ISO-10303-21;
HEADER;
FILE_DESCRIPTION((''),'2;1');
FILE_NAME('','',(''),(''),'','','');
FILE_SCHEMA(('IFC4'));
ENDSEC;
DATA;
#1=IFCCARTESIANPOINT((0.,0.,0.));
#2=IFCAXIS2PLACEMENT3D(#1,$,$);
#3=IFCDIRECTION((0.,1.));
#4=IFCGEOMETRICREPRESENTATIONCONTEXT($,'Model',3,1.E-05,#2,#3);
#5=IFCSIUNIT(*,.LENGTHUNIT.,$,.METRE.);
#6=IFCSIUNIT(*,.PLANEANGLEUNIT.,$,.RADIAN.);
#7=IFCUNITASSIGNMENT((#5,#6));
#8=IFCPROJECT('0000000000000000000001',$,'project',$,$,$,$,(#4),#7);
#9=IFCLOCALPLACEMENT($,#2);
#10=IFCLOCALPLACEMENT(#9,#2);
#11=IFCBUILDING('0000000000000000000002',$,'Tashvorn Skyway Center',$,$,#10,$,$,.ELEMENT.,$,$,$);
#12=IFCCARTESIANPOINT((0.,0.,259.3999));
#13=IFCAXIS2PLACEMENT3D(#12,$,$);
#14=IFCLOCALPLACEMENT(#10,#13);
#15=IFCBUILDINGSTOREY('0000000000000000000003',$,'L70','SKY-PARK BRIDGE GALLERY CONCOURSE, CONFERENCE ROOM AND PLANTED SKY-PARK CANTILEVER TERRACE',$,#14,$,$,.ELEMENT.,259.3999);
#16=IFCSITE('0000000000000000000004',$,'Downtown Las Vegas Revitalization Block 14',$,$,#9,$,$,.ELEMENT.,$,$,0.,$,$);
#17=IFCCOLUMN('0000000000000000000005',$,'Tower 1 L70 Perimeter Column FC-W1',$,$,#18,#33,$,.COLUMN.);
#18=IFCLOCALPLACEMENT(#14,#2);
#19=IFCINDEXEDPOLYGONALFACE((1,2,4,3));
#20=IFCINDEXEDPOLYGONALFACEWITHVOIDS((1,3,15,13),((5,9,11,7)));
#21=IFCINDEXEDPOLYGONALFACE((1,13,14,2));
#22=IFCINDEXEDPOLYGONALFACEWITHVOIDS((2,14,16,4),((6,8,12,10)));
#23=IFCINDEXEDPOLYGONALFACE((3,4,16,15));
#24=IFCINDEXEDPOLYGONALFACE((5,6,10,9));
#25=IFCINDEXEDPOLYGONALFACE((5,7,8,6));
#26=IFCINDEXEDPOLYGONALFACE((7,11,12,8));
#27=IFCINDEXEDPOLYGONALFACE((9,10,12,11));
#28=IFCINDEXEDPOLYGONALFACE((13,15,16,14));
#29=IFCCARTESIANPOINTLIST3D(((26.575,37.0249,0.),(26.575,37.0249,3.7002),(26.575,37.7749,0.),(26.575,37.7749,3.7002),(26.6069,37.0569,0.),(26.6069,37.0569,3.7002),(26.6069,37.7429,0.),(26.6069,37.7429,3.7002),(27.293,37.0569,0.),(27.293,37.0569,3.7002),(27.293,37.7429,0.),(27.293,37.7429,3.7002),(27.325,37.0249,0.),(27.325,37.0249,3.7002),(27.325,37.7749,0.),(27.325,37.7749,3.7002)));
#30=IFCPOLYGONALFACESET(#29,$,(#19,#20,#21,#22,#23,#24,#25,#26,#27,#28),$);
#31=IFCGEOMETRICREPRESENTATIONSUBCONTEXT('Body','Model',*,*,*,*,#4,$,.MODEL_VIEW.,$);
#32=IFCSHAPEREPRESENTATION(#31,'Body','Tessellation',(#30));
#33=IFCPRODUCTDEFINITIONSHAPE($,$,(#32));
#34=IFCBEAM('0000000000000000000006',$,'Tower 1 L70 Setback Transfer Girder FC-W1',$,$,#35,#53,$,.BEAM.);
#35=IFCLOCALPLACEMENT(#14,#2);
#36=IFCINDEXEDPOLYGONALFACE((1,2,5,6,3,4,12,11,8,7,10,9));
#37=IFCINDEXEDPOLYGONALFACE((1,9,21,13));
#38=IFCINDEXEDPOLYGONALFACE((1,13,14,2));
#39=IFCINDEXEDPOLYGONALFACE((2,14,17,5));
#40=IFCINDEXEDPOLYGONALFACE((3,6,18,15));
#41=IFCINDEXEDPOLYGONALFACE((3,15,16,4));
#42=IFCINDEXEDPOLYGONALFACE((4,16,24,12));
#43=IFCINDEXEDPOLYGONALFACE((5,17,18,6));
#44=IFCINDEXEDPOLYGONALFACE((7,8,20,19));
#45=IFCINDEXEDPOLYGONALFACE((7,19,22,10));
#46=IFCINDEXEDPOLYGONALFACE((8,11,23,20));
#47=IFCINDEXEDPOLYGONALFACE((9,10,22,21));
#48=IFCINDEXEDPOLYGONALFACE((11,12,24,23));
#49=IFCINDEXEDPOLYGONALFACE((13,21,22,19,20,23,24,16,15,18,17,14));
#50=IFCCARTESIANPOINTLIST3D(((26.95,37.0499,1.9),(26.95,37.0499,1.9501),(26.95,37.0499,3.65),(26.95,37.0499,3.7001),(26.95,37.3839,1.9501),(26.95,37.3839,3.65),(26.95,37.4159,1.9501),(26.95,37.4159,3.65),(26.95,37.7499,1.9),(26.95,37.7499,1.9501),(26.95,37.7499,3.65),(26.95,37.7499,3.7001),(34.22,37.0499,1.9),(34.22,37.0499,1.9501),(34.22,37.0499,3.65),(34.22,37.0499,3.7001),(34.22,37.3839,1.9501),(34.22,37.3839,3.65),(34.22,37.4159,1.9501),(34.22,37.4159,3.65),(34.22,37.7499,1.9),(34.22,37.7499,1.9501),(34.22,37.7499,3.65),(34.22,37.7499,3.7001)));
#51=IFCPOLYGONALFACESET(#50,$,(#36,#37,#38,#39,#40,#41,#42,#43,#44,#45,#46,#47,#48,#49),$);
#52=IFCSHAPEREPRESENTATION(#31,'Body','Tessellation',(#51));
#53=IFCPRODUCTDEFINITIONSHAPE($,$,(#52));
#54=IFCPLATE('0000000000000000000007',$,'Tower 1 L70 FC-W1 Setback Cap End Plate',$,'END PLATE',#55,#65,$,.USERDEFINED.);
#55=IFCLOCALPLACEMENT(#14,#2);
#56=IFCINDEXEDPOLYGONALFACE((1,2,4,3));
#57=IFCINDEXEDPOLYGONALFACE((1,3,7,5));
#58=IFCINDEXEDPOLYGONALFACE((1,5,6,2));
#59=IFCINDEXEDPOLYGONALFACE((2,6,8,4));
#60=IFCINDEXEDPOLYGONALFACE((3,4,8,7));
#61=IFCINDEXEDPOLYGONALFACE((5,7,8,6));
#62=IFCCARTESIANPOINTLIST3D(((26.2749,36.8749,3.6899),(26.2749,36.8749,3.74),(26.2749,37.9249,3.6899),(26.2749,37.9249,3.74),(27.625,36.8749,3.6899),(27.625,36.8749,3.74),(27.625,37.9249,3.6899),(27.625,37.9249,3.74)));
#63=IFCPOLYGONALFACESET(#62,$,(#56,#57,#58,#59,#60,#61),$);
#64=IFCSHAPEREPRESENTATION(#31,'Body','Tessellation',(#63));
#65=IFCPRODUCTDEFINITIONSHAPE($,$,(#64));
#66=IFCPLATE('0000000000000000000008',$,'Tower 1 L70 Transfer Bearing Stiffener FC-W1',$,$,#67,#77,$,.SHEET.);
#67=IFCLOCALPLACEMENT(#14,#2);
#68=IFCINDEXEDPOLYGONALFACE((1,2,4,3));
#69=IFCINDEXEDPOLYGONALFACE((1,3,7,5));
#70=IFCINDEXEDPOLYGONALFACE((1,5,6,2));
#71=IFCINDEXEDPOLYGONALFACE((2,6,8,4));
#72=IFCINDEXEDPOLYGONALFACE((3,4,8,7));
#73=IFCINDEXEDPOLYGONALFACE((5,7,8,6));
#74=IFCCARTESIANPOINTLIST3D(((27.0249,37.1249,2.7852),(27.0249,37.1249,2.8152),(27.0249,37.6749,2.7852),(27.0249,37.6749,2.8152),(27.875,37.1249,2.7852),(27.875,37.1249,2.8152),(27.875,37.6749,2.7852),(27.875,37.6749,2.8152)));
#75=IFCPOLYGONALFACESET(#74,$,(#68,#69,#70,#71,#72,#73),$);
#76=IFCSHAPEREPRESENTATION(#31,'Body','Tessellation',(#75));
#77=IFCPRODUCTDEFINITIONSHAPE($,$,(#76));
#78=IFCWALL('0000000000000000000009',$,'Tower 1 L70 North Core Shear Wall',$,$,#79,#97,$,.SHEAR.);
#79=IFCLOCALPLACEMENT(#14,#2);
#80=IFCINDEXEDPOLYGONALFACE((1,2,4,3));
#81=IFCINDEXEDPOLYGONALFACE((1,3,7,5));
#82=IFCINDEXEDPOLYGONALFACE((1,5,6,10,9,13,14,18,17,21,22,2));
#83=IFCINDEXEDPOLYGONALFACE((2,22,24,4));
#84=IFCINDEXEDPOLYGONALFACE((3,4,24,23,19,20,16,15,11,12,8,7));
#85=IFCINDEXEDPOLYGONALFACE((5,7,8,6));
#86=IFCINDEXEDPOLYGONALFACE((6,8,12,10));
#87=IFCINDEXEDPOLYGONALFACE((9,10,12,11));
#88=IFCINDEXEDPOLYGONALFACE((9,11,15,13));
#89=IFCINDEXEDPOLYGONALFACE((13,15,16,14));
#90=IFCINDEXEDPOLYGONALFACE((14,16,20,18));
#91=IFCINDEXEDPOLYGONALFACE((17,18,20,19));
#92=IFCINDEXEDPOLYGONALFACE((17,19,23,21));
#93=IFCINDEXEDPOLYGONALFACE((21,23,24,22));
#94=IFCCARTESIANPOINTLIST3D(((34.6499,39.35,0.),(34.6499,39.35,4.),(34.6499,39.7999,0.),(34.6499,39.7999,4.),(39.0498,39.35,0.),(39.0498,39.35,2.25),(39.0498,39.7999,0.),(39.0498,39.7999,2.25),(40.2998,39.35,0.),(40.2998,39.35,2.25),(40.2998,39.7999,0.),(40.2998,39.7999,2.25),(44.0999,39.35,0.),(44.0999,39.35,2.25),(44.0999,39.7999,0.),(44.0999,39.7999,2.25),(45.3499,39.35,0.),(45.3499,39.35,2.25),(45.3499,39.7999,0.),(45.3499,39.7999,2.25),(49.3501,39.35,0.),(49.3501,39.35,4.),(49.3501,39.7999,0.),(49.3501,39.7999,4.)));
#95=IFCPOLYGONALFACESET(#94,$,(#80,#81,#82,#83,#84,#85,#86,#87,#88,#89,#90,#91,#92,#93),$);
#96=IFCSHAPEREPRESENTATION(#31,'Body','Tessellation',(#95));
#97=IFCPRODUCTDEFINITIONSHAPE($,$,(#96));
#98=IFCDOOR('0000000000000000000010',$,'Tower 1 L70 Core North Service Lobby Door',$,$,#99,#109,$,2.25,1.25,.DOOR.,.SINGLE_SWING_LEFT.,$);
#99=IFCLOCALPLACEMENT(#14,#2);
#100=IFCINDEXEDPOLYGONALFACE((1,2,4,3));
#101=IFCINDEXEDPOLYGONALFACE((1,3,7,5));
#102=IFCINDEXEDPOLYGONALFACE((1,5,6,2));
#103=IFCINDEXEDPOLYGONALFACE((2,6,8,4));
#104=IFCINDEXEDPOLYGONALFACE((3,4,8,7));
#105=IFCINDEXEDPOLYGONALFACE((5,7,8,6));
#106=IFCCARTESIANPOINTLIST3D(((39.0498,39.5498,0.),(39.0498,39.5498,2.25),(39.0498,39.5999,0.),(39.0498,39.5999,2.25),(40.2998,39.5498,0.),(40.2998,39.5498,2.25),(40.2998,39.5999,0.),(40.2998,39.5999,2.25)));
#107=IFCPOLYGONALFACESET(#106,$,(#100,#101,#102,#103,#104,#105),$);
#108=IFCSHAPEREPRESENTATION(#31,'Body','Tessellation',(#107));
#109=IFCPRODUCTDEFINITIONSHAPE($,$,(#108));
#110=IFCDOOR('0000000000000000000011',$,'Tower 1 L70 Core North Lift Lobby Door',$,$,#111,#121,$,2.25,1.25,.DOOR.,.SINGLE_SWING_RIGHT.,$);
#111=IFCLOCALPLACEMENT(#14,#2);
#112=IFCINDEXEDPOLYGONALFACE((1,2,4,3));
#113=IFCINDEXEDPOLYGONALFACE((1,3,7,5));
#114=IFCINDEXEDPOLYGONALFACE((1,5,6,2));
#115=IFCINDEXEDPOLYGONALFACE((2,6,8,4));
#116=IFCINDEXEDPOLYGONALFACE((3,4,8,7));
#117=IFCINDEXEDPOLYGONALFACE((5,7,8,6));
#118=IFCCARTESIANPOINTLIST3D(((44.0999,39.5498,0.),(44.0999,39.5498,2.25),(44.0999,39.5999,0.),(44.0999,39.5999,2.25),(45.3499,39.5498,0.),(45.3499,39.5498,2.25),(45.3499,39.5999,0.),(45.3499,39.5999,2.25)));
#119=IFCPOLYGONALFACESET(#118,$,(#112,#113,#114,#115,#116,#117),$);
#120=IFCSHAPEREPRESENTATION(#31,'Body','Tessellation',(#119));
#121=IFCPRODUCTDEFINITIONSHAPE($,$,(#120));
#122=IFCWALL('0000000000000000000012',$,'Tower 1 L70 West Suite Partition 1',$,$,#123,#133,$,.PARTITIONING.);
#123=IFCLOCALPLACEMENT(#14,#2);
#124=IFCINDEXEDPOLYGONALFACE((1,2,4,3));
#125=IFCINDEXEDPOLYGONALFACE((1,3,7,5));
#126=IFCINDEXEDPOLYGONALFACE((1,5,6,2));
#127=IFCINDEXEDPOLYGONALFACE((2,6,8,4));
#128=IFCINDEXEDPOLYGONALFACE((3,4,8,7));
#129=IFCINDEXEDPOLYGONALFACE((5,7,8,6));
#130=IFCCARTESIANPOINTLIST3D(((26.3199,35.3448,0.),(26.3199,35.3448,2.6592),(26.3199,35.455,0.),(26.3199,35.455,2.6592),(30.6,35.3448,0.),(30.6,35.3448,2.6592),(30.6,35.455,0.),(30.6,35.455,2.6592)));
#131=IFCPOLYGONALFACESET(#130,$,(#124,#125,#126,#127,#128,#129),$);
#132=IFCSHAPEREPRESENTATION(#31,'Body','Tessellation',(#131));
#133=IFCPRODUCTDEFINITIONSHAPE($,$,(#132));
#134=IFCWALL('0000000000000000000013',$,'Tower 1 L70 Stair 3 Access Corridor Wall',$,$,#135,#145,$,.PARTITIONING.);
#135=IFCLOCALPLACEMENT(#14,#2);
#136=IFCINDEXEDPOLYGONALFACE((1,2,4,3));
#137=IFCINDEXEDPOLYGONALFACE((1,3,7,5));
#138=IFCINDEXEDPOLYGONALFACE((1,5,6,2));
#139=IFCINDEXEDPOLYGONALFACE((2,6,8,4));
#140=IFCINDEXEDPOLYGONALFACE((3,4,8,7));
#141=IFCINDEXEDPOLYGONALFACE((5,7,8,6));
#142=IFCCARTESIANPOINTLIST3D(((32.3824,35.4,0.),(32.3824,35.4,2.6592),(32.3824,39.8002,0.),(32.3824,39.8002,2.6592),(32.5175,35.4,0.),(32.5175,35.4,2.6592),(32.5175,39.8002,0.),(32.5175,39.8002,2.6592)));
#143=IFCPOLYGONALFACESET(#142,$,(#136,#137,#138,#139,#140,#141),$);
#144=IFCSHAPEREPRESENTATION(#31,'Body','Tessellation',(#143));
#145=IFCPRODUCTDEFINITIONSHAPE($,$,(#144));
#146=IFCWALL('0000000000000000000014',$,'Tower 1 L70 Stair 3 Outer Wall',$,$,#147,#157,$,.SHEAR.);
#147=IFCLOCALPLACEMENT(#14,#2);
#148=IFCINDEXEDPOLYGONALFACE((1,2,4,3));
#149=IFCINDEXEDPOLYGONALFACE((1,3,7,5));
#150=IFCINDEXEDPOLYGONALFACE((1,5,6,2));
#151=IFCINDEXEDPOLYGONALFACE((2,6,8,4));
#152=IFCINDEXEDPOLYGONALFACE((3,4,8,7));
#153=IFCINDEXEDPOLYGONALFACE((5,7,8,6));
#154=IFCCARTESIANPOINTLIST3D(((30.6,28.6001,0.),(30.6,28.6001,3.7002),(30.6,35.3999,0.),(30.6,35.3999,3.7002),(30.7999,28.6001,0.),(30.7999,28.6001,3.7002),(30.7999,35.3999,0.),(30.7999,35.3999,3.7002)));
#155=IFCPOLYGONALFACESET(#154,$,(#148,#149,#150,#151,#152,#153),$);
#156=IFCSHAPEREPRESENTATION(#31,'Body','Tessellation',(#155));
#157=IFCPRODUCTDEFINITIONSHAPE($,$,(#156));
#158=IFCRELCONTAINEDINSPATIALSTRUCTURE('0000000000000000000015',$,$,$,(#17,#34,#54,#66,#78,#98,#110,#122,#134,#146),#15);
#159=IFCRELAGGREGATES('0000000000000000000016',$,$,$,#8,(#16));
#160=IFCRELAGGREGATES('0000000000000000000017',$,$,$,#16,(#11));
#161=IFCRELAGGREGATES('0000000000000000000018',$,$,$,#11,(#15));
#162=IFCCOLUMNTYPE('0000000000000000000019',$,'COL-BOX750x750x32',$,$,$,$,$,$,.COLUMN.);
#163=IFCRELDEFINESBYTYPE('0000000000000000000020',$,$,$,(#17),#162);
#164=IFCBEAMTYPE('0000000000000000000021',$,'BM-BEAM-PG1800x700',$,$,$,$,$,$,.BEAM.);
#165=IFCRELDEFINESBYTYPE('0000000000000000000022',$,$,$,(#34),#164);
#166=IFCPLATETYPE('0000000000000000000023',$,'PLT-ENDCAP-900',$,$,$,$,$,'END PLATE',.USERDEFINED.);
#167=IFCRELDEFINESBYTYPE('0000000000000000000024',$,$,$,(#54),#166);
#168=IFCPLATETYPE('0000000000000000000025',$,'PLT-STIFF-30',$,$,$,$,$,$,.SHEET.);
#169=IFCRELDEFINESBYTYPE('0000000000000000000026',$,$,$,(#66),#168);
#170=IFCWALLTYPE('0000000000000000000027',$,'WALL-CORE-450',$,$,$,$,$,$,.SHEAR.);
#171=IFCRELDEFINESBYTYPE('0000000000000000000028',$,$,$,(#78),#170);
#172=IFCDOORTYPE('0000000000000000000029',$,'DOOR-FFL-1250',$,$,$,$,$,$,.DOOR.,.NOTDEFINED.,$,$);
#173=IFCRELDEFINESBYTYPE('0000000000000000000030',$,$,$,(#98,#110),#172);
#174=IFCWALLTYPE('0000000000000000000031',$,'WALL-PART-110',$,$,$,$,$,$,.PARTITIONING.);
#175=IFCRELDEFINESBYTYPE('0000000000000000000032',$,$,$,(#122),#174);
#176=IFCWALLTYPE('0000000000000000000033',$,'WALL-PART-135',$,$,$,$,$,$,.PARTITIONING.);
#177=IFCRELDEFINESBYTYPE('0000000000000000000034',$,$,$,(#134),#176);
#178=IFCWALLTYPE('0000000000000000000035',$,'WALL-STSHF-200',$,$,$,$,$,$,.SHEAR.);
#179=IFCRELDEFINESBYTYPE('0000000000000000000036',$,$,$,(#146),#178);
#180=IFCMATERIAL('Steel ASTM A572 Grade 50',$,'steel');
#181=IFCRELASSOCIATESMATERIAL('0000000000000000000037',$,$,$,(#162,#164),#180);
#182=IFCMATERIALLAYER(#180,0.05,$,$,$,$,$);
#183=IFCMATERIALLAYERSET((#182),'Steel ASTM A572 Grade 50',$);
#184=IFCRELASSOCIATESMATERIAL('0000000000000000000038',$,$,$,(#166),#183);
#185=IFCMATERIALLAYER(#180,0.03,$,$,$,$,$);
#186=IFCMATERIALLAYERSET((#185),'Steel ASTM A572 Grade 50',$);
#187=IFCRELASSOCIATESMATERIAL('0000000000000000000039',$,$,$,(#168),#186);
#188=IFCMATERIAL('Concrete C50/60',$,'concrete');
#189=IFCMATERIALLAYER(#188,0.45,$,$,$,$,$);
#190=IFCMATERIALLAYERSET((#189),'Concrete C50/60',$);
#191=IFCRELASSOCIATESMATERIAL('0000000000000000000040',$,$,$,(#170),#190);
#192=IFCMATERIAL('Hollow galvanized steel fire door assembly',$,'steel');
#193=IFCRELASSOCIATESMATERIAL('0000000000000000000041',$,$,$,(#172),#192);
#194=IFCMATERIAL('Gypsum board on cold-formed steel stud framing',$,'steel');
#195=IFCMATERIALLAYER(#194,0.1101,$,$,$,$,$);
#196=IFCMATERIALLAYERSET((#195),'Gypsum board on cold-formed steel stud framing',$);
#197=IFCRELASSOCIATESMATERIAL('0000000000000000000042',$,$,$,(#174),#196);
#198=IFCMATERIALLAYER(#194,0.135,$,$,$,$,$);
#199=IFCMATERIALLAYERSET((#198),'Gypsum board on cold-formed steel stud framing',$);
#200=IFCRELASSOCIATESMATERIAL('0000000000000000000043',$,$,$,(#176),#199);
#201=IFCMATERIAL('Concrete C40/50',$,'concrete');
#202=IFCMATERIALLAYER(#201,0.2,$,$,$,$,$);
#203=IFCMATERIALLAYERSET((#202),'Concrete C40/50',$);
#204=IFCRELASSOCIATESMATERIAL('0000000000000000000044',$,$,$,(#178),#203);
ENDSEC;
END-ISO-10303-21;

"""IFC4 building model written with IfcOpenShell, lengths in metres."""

from ifc_helpers import new_model, si_unit, direction, frame, frame_2d, origin, origin_2d, place, context, subcontext, project, spatial, rectangle, hollow_rectangle, i_section, extrude, material, layer, layer_set, material_profile, profile_set, type_object, element, fill, save


model = new_model("IFC4")

# Units and contexts
model_context = context("Model", 3, precision=1e-05, world=origin(), true_north=direction((0.0, 1.0)))
body_context = subcontext(model_context, "Body", "Model", "MODEL_VIEW")
ifc_project = project(units=[si_unit("LENGTHUNIT", "METRE"), si_unit("PLANEANGLEUNIT", "RADIAN")], contexts=[model_context])

# Site, building, storey
site_placement = place(None, origin())
site = spatial("IfcSite", under=ifc_project, at=site_placement, Name="Downtown Las Vegas Revitalization Block 14", CompositionType="ELEMENT", RefElevation=0.0)
building_placement = place(site_placement, origin())
building = spatial("IfcBuilding", under=site, at=building_placement, Name="Tashvorn Skyway Center", CompositionType="ELEMENT")
storey_placement = place(building_placement, frame((0.0, 0.0, 259.3999)))
storey = spatial("IfcBuildingStorey", under=building, at=storey_placement, Name="L70", Description="SKY-PARK BRIDGE GALLERY CONCOURSE, CONFERENCE ROOM AND PLANTED SKY-PARK CANTILEVER TERRACE", CompositionType="ELEMENT", Elevation=259.3999)

# Column
ifc_material_1 = material(Name="Steel ASTM A572 Grade 50", Category="steel")
ifc_material_profile_1 = material_profile(ifc_material_1, hollow_rectangle(XDim=0.75, YDim=0.75, WallThickness=0.032, at=origin_2d()), Name="BOX750x750x32")
ifc_profile_set_1 = profile_set([ifc_material_profile_1], Name="Steel ASTM A572 Grade 50")
column_type = type_object("IfcColumnType", Name="COL-BOX750x750x32", PredefinedType="COLUMN", material=ifc_profile_set_1)
column_placement = place(storey_placement, frame((26.95, 37.3999, 0.0), z_axis=(0.0, 0.0, 1.0), x_axis=(1.0, 0.0, 0.0)))
element("IfcColumn", 1, at=column_placement, inside=storey, type_object=column_type, Name="Tower 1 L70 Perimeter Column FC-W1", PredefinedType="COLUMN", context=body_context, shape_type="SweptSolid", body=[
    extrude(hollow_rectangle(XDim=0.75, YDim=0.75, WallThickness=0.032, at=origin_2d()), origin(), (0.0, 0.0, 1.0), 3.7002),
])

# Beam
ifc_material_profile_2 = material_profile(ifc_material_1, i_section(OverallWidth=0.7, OverallDepth=1.8, WebThickness=0.032, FlangeThickness=0.05, at=origin_2d()), Name="PG1800x700")
ifc_profile_set_2 = profile_set([ifc_material_profile_2], Name="Steel ASTM A572 Grade 50")
beam_type = type_object("IfcBeamType", Name="BM-BEAM-PG1800x700", PredefinedType="BEAM", material=ifc_profile_set_2)
beam_placement = place(storey_placement, frame((26.95, 37.3999, 2.8), z_axis=(1.0, 0.0, 0.0), x_axis=(0.0, 1.0, 0.0)))
element("IfcBeam", 2, at=beam_placement, inside=storey, type_object=beam_type, Name="Tower 1 L70 Setback Transfer Girder FC-W1", PredefinedType="BEAM", context=body_context, shape_type="SweptSolid", body=[
    extrude(i_section(OverallWidth=0.7, OverallDepth=1.8, WebThickness=0.032, FlangeThickness=0.05, at=origin_2d()), origin(), (0.0, 0.0, 1.0), 7.27),
])

# Plates
ifc_layer_1 = layer(ifc_material_1, 0.05)
ifc_layer_set_1 = layer_set([ifc_layer_1], Name="Steel ASTM A572 Grade 50")
plate_type_1 = type_object("IfcPlateType", Name="PLT-ENDCAP-900", ElementType="END PLATE", PredefinedType="USERDEFINED", material=ifc_layer_set_1)
plate_1_placement = place(storey_placement, frame((26.95, 37.3999, 3.6899), z_axis=(0.0, 0.0, 1.0), x_axis=(1.0, 0.0, 0.0)))
element("IfcPlate", 3, at=plate_1_placement, inside=storey, type_object=plate_type_1, Name="Tower 1 L70 FC-W1 Setback Cap End Plate", ObjectType="END PLATE", PredefinedType="USERDEFINED", context=body_context, shape_type="SweptSolid", body=[
    extrude(rectangle(XDim=1.3501, YDim=1.05, at=origin_2d()), origin(), (0.0, 0.0, 1.0), 0.05),
])
ifc_layer_2 = layer(ifc_material_1, 0.03)
ifc_layer_set_2 = layer_set([ifc_layer_2], Name="Steel ASTM A572 Grade 50")
plate_type_2 = type_object("IfcPlateType", Name="PLT-STIFF-30", PredefinedType="SHEET", material=ifc_layer_set_2)
plate_2_placement = place(storey_placement, frame((27.45, 37.3999, 2.7852), z_axis=(0.0, 0.0, 1.0), x_axis=(1.0, 0.0, 0.0)))
element("IfcPlate", 4, at=plate_2_placement, inside=storey, type_object=plate_type_2, Name="Tower 1 L70 Transfer Bearing Stiffener FC-W1", PredefinedType="SHEET", context=body_context, shape_type="SweptSolid", body=[
    extrude(rectangle(XDim=0.8501, YDim=0.55, at=origin_2d()), origin(), (0.0, 0.0, 1.0), 0.03),
])

# Wall, openings, doors
ifc_material_2 = material(Name="Concrete C50/60", Category="concrete")
ifc_layer_3 = layer(ifc_material_2, 0.45)
ifc_layer_set_3 = layer_set([ifc_layer_3], Name="Concrete C50/60")
wall_type_1 = type_object("IfcWallType", Name="WALL-CORE-450", PredefinedType="SHEAR", material=ifc_layer_set_3)
wall_1_placement = place(storey_placement, frame((34.6499, 39.575, 0.0), z_axis=(0.0, 0.0, 1.0), x_axis=(1.0, 0.0, 0.0)))
wall_1 = element("IfcWall", 5, at=wall_1_placement, inside=storey, type_object=wall_type_1, Name="Tower 1 L70 North Core Shear Wall", PredefinedType="SHEAR", context=body_context, shape_type="SweptSolid", body=[
    extrude(rectangle(XDim=14.7002, YDim=0.45, at=frame_2d((7.3501, 0.0))), origin(), (0.0, 0.0, 1.0), 4.0),
])
opening_1_placement = place(wall_1_placement, frame((4.3999, 0.0, 0.0)))
opening_1 = element("IfcOpeningElement", 6, at=opening_1_placement, cuts=wall_1, PredefinedType="OPENING", context=body_context, shape_type="SweptSolid", body=[
    extrude(rectangle(XDim=1.25, YDim=2.25, at=frame_2d((0.625, 1.125))), frame((0.0, 0.2349, 0.0), z_axis=(0.0, -1.0, 0.0), x_axis=(1.0, 0.0, 0.0)), (0.0, 0.0, 1.0), 0.47),
])
opening_2_placement = place(wall_1_placement, frame((9.45, 0.0, 0.0)))
opening_2 = element("IfcOpeningElement", 7, at=opening_2_placement, cuts=wall_1, PredefinedType="OPENING", context=body_context, shape_type="SweptSolid", body=[
    extrude(rectangle(XDim=1.25, YDim=2.25, at=frame_2d((0.625, 1.125))), frame((0.0, 0.2349, 0.0), z_axis=(0.0, -1.0, 0.0), x_axis=(1.0, 0.0, 0.0)), (0.0, 0.0, 1.0), 0.47),
])
ifc_material_3 = material(Name="Hollow galvanized steel fire door assembly", Category="steel")
door_type_1 = type_object("IfcDoorType", Name="DOOR-FFL-1250", OperationType="NOTDEFINED", PredefinedType="DOOR", material=ifc_material_3)
door_1_placement = place(opening_1_placement, origin())
door_1 = element("IfcDoor", 8, at=door_1_placement, inside=storey, type_object=door_type_1, Name="Tower 1 L70 Core North Service Lobby Door", OperationType="SINGLE_SWING_LEFT", OverallHeight=2.25, OverallWidth=1.25, PredefinedType="DOOR", context=body_context, shape_type="SweptSolid", body=[
    extrude(rectangle(XDim=1.25, YDim=2.25, at=frame_2d((0.625, 1.125))), frame((0.0, 0.0249, 0.0), z_axis=(0.0, -1.0, 0.0), x_axis=(1.0, 0.0, 0.0)), (0.0, 0.0, 1.0), 0.05),
])
fill(opening_1, door_1)
door_2_placement = place(opening_2_placement, origin())
door_2 = element("IfcDoor", 9, at=door_2_placement, inside=storey, type_object=door_type_1, Name="Tower 1 L70 Core North Lift Lobby Door", OperationType="SINGLE_SWING_RIGHT", OverallHeight=2.25, OverallWidth=1.25, PredefinedType="DOOR", context=body_context, shape_type="SweptSolid", body=[
    extrude(rectangle(XDim=1.25, YDim=2.25, at=frame_2d((0.625, 1.125))), frame((0.0, 0.0249, 0.0), z_axis=(0.0, -1.0, 0.0), x_axis=(1.0, 0.0, 0.0)), (0.0, 0.0, 1.0), 0.05),
])
fill(opening_2, door_2)

# Walls
ifc_material_4 = material(Name="Gypsum board on cold-formed steel stud framing", Category="steel")
ifc_layer_4 = layer(ifc_material_4, 0.1101)
ifc_layer_set_4 = layer_set([ifc_layer_4], Name="Gypsum board on cold-formed steel stud framing")
wall_type_2 = type_object("IfcWallType", Name="WALL-PART-110", PredefinedType="PARTITIONING", material=ifc_layer_set_4)
wall_2_placement = place(storey_placement, frame((30.6001, 35.3999, 0.0), z_axis=(0.0, 0.0, 1.0), x_axis=(-1.0, 0.0, 0.0)))
element("IfcWall", 10, at=wall_2_placement, inside=storey, type_object=wall_type_2, Name="Tower 1 L70 West Suite Partition 1", PredefinedType="PARTITIONING", context=body_context, shape_type="SweptSolid", body=[
    extrude(rectangle(XDim=4.28, YDim=0.1101, at=frame_2d((2.1401, 0.0))), origin(), (0.0, 0.0, 1.0), 2.6592),
])
ifc_layer_5 = layer(ifc_material_4, 0.135)
ifc_layer_set_5 = layer_set([ifc_layer_5], Name="Gypsum board on cold-formed steel stud framing")
wall_type_3 = type_object("IfcWallType", Name="WALL-PART-135", PredefinedType="PARTITIONING", material=ifc_layer_set_5)
wall_3_placement = place(storey_placement, frame((32.45, 35.3999, 0.0), z_axis=(0.0, 0.0, 1.0), x_axis=(0.0, 1.0, 0.0)))
element("IfcWall", 11, at=wall_3_placement, inside=storey, type_object=wall_type_3, Name="Tower 1 L70 Stair 3 Access Corridor Wall", PredefinedType="PARTITIONING", context=body_context, shape_type="SweptSolid", body=[
    extrude(rectangle(XDim=4.4001, YDim=0.135, at=frame_2d((2.2002, 0.0))), origin(), (0.0, 0.0, 1.0), 2.6592),
])
ifc_material_5 = material(Name="Concrete C40/50", Category="concrete")
ifc_layer_6 = layer(ifc_material_5, 0.2)
ifc_layer_set_6 = layer_set([ifc_layer_6], Name="Concrete C40/50")
wall_type_4 = type_object("IfcWallType", Name="WALL-STSHF-200", PredefinedType="SHEAR", material=ifc_layer_set_6)
wall_4_placement = place(storey_placement, frame((30.7, 28.6001, 0.0), z_axis=(0.0, 0.0, 1.0), x_axis=(0.0, 1.0, 0.0)))
element("IfcWall", 12, at=wall_4_placement, inside=storey, type_object=wall_type_4, Name="Tower 1 L70 Stair 3 Outer Wall", PredefinedType="SHEAR", context=body_context, shape_type="SweptSolid", body=[
    extrude(rectangle(XDim=6.7998, YDim=0.2, at=frame_2d((3.3999, 0.0))), origin(), (0.0, 0.0, 1.0), 3.7002),
])

save(model, "model.ifc")
